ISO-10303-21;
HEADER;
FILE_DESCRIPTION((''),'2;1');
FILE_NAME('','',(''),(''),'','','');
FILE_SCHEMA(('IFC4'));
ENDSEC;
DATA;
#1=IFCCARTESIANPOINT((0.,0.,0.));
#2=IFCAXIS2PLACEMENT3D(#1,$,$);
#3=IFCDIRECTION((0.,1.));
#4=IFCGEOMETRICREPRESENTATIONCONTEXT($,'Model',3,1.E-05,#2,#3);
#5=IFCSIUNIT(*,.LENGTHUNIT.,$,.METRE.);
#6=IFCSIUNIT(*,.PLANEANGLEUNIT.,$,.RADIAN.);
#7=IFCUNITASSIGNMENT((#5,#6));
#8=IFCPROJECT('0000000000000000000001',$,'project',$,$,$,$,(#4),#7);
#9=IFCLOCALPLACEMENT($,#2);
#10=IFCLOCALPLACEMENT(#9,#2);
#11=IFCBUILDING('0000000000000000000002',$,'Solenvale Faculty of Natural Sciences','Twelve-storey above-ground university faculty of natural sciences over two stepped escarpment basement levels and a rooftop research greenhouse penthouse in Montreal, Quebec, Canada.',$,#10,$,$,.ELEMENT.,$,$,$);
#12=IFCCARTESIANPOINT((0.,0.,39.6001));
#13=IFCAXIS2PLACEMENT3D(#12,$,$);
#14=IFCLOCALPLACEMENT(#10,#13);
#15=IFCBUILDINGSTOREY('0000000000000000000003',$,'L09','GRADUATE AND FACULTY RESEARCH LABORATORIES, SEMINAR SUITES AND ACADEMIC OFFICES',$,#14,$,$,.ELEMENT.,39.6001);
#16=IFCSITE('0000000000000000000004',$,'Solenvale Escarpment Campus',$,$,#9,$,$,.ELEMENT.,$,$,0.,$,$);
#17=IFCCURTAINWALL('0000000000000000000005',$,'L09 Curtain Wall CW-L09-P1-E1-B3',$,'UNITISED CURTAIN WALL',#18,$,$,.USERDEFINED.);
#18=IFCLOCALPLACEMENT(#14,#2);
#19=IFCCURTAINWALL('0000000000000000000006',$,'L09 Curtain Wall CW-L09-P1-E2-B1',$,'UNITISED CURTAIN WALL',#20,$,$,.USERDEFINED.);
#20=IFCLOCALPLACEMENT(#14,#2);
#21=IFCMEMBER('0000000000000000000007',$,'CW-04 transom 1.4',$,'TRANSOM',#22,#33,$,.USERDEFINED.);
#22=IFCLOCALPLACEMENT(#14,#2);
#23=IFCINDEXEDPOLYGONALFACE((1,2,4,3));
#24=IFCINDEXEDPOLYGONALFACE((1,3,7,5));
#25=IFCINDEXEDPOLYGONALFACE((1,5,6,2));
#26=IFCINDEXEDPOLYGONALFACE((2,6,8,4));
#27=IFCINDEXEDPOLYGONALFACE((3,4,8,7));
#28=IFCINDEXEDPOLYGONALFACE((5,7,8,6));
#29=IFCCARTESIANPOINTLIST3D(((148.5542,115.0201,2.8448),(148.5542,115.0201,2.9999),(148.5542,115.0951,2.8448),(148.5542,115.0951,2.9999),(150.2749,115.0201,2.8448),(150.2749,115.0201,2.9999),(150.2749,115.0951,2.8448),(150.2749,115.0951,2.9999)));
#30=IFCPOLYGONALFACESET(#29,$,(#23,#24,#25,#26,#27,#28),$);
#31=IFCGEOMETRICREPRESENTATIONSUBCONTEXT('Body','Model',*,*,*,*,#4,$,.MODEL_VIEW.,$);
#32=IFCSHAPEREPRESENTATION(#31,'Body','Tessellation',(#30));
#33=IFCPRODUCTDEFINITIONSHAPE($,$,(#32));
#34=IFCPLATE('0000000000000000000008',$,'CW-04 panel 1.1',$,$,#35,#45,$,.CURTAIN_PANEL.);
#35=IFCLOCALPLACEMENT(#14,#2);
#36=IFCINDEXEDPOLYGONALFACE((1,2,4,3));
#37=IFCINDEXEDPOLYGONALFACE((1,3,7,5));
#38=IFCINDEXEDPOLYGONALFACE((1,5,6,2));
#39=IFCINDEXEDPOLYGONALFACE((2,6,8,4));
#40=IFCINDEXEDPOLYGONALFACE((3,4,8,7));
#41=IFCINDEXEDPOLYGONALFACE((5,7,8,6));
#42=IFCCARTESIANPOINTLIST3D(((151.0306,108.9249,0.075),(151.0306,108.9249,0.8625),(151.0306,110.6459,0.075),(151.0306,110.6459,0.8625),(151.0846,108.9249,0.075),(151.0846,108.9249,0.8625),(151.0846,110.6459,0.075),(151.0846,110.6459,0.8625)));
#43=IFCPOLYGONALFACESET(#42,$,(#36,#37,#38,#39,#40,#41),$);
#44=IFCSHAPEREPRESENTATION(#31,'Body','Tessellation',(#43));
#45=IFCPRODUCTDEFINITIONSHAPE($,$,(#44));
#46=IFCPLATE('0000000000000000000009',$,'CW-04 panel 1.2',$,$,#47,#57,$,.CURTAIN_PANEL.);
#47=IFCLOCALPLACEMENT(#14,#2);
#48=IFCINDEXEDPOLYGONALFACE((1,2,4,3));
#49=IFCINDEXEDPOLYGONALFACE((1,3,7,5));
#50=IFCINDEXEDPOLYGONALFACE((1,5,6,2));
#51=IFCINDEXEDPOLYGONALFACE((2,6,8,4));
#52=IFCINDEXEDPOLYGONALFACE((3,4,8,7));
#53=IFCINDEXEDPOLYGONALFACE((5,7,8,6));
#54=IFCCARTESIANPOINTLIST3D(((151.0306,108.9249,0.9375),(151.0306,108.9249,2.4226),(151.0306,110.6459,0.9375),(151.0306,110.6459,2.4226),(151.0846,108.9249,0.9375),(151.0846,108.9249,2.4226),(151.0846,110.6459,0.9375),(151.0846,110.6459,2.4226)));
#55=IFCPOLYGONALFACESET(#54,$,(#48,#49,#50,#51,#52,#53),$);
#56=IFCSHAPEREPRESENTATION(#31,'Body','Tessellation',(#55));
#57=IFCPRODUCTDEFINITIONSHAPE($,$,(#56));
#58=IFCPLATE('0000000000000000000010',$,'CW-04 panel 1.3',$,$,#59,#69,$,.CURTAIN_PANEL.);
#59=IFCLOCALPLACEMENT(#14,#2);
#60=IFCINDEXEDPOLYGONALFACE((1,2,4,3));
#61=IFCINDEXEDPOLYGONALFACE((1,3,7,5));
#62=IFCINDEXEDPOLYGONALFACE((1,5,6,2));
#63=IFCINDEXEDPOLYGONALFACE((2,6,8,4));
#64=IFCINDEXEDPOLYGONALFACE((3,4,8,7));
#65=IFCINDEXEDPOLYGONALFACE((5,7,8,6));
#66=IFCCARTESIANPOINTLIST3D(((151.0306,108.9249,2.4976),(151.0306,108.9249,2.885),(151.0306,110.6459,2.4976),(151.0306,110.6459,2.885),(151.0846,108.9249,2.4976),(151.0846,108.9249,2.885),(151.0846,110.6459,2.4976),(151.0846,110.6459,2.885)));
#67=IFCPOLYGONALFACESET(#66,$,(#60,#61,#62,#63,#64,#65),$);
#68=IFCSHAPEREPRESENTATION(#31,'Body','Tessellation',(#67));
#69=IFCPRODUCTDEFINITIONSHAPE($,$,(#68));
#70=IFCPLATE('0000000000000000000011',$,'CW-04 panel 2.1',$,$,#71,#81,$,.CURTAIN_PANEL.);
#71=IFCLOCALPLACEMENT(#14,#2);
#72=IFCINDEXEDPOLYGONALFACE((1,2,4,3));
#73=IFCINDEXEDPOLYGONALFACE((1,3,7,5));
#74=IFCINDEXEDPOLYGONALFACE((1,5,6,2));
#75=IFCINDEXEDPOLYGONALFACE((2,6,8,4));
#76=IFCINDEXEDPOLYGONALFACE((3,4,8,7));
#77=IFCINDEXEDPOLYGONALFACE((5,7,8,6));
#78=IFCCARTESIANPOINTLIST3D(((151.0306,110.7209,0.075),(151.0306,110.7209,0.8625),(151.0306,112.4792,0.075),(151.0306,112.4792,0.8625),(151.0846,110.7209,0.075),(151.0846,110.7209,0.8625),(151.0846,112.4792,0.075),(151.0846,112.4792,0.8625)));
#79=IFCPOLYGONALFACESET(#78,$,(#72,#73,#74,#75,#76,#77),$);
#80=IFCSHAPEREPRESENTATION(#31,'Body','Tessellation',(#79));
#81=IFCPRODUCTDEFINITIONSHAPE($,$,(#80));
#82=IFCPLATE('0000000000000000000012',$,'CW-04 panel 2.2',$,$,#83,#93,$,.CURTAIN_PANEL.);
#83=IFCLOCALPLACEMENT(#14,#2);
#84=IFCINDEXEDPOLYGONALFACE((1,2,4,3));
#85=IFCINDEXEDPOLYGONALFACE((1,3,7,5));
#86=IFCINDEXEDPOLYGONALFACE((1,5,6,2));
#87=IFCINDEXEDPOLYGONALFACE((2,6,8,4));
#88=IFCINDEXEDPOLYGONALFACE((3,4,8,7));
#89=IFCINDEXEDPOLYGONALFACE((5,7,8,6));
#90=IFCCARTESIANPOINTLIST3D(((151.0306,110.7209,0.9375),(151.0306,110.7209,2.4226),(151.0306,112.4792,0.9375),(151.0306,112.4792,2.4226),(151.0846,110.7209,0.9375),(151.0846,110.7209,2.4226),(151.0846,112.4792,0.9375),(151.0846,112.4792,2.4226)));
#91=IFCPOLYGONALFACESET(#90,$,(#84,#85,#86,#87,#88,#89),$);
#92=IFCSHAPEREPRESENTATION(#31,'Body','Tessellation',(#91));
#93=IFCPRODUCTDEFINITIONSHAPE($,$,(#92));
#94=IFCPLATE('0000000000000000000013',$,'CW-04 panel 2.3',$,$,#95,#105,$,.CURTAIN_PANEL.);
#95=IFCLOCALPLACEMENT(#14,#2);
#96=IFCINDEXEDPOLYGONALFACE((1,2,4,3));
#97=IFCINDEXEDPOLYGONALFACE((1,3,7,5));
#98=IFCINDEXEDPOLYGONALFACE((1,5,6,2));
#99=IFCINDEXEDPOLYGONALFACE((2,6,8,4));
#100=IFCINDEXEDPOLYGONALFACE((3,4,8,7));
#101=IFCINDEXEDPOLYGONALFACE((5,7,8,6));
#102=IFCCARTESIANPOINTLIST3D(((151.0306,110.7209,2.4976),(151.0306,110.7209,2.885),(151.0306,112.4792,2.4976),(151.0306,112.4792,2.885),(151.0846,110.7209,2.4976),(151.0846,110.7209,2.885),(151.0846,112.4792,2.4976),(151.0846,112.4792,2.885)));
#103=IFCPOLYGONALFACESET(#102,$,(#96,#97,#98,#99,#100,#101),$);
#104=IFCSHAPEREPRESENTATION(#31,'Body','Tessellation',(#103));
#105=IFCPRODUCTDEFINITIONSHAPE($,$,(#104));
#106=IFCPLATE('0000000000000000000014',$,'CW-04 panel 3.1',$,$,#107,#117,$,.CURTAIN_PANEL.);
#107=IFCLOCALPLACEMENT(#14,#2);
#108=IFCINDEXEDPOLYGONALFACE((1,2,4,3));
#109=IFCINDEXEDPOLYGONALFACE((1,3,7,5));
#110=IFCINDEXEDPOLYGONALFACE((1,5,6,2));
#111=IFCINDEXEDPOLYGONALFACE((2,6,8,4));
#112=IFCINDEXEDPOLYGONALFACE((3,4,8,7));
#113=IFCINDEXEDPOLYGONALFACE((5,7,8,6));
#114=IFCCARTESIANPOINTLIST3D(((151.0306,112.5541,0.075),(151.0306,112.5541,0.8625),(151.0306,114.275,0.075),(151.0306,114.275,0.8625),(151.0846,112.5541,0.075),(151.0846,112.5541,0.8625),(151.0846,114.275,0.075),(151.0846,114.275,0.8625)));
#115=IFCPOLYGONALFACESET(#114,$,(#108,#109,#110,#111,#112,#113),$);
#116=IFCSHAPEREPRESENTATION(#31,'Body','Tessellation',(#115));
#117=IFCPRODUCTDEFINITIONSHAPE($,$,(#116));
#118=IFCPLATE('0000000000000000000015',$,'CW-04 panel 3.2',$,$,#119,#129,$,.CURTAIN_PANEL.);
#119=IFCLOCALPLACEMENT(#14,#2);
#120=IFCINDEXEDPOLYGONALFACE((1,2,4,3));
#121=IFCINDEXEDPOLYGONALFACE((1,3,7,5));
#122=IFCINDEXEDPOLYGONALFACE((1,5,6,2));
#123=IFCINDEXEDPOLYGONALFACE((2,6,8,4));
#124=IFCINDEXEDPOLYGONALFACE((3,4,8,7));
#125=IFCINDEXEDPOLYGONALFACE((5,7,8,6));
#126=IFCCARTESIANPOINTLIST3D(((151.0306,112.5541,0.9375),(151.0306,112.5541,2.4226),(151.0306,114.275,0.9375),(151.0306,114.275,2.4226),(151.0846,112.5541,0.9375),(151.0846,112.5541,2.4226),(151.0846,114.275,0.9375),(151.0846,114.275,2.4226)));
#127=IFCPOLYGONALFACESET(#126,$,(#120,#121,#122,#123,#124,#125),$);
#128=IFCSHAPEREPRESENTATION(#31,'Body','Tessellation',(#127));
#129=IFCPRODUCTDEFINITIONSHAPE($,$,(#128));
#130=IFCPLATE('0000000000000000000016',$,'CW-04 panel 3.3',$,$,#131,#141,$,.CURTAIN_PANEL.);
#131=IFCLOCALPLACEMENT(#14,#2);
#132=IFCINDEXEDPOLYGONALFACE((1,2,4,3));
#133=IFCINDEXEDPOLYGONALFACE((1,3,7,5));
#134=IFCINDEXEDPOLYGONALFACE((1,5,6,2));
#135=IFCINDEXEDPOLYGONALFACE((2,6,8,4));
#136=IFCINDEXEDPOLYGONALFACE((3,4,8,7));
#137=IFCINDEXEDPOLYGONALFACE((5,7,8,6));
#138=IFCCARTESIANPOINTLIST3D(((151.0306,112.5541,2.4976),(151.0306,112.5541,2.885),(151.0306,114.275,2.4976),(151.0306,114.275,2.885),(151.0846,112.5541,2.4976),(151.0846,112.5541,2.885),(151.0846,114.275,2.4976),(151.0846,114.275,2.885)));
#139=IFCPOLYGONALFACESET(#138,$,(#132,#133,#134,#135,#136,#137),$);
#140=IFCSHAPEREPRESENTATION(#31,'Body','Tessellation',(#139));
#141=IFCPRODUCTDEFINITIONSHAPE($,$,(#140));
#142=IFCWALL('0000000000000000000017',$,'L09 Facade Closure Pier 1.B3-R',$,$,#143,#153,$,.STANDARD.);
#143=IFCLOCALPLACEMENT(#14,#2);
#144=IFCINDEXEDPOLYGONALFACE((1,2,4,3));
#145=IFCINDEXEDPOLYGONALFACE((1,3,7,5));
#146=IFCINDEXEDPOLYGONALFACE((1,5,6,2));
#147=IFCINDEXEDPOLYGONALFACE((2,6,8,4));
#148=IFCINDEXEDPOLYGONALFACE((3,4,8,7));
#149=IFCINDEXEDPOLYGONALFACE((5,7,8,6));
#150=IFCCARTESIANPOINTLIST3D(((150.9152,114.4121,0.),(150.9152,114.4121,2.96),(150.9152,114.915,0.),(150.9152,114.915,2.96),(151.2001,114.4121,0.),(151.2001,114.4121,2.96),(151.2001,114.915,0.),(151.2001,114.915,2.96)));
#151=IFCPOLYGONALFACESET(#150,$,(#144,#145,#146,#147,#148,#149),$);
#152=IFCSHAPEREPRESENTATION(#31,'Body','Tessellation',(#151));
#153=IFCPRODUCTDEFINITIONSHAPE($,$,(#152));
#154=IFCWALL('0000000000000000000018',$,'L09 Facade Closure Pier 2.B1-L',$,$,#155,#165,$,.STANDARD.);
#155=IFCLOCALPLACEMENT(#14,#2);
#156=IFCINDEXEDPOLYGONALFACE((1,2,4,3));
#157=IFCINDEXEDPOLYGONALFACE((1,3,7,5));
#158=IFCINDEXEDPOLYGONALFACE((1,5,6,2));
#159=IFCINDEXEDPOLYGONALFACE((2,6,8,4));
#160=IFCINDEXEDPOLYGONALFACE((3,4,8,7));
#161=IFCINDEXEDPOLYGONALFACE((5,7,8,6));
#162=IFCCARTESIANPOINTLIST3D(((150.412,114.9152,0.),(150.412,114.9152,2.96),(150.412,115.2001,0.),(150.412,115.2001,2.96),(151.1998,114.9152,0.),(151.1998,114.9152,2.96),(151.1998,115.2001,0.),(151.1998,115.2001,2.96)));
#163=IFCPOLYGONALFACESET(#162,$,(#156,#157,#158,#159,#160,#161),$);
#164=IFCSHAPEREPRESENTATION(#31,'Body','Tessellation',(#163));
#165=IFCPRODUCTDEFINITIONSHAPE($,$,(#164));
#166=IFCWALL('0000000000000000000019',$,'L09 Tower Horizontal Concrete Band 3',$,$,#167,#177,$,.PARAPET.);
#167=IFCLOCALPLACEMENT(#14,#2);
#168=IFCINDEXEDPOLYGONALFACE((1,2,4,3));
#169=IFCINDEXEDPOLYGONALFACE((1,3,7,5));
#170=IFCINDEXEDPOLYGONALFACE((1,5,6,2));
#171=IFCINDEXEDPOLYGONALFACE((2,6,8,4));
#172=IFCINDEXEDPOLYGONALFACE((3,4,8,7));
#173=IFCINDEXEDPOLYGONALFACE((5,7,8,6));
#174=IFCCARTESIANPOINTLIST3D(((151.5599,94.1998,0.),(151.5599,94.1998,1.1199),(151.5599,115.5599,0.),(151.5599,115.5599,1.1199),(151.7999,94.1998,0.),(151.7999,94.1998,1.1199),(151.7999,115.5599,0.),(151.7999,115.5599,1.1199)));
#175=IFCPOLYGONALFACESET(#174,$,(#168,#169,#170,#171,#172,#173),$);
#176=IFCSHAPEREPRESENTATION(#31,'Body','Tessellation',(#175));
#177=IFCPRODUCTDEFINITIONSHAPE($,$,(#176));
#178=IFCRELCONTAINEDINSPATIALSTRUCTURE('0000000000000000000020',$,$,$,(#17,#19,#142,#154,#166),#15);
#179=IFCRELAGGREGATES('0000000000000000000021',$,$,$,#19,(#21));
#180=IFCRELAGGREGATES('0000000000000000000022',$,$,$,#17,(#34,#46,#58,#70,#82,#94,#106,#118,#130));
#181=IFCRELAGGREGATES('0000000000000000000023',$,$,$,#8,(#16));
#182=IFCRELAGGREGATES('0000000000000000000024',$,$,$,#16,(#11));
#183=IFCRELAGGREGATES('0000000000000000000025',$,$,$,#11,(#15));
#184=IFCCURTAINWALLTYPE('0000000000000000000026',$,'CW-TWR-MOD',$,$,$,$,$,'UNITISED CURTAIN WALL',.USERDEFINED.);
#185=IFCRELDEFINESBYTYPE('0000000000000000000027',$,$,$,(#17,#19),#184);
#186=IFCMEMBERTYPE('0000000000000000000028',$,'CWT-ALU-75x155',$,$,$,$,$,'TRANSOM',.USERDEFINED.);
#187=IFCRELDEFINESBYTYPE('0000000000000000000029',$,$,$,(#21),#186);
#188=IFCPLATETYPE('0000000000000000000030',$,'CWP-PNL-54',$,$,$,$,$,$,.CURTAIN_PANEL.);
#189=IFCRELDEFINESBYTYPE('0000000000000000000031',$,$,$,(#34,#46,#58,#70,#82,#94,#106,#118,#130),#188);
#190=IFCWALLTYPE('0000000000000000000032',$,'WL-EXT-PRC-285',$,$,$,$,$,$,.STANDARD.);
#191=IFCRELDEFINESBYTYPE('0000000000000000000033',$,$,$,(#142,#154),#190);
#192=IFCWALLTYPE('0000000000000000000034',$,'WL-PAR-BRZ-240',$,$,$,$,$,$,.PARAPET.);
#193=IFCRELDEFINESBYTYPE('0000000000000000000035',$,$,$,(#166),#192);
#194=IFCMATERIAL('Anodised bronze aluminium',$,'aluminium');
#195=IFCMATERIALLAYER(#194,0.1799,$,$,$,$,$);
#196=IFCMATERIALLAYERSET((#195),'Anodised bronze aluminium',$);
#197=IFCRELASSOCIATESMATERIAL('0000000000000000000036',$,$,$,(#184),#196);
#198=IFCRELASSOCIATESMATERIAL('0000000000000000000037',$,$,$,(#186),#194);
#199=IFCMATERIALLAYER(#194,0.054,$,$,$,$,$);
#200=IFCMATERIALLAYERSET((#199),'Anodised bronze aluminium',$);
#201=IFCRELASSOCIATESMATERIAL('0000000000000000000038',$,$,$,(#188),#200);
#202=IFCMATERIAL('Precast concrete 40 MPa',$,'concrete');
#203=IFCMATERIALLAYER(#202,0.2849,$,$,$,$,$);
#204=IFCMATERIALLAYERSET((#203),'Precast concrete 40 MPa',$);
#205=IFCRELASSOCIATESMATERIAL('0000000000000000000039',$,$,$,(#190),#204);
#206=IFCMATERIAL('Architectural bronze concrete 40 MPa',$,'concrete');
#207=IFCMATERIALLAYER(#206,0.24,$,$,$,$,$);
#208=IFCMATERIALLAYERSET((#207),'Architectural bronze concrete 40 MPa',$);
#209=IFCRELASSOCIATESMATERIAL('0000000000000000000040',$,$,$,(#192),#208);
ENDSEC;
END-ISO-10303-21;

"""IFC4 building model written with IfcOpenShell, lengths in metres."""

from ifc_helpers import new_model, si_unit, direction, frame, frame_2d, origin, origin_2d, place, context, subcontext, project, spatial, rectangle, extrude, material, layer, layer_set, material_profile, profile_set, type_object, element, aggregate, save


model = new_model("IFC4")

# Units and contexts
model_context = context("Model", 3, precision=1e-05, world=origin(), true_north=direction((0.0, 1.0)))
body_context = subcontext(model_context, "Body", "Model", "MODEL_VIEW")
ifc_project = project(units=[si_unit("LENGTHUNIT", "METRE"), si_unit("PLANEANGLEUNIT", "RADIAN")], contexts=[model_context])

# Site, building, storey
site_placement = place(None, origin())
site = spatial("IfcSite", under=ifc_project, at=site_placement, Name="Solenvale Escarpment Campus", CompositionType="ELEMENT", RefElevation=0.0)
building_placement = place(site_placement, origin())
building = spatial("IfcBuilding", under=site, at=building_placement, Name="Solenvale Faculty of Natural Sciences", Description="Twelve-storey above-ground university faculty of natural sciences over two stepped escarpment basement levels and a rooftop research greenhouse penthouse in Montreal, Quebec, Canada.", CompositionType="ELEMENT")
storey_placement = place(building_placement, frame((0.0, 0.0, 39.6001)))
storey = spatial("IfcBuildingStorey", under=building, at=storey_placement, Name="L09", Description="GRADUATE AND FACULTY RESEARCH LABORATORIES, SEMINAR SUITES AND ACADEMIC OFFICES", CompositionType="ELEMENT", Elevation=39.6001)

# Curtain wall
ifc_material_1 = material(Name="Anodised bronze aluminium", Category="aluminium")
ifc_layer_1 = layer(ifc_material_1, 0.1799)
ifc_layer_set_1 = layer_set([ifc_layer_1], Name="Anodised bronze aluminium")
curtain_wall_type = type_object("IfcCurtainWallType", Name="CW-TWR-MOD", ElementType="UNITISED CURTAIN WALL", PredefinedType="USERDEFINED", material=ifc_layer_set_1)
curtain_wall_1_placement = place(storey_placement, origin())
curtain_wall_1 = element("IfcCurtainWall", 1, at=curtain_wall_1_placement, inside=storey, type_object=curtain_wall_type, Name="L09 Curtain Wall CW-L09-P1-E1-B3", ObjectType="UNITISED CURTAIN WALL", PredefinedType="USERDEFINED")

# Curtain wall
curtain_wall_2_placement = place(storey_placement, origin())
curtain_wall_2 = element("IfcCurtainWall", 2, at=curtain_wall_2_placement, inside=storey, type_object=curtain_wall_type, Name="L09 Curtain Wall CW-L09-P1-E2-B1", ObjectType="UNITISED CURTAIN WALL", PredefinedType="USERDEFINED")

# Member
ifc_material_profile_1 = material_profile(ifc_material_1, rectangle(XDim=0.075, YDim=0.155, at=origin_2d()), Name="ALU-TRN-75x155")
ifc_profile_set_1 = profile_set([ifc_material_profile_1], Name="Anodised bronze aluminium")
member_type_1 = type_object("IfcMemberType", Name="CWT-ALU-75x155", ElementType="TRANSOM", PredefinedType="USERDEFINED", material=ifc_profile_set_1)
member_1_placement = place(storey_placement, frame((150.2749, 115.0576, 2.9224), z_axis=(-1.0, 0.0, 0.0), x_axis=(0.0, -1.0, 0.0)))
member_1 = element("IfcMember", 3, at=member_1_placement, type_object=member_type_1, Name="CW-04 transom 1.4", ObjectType="TRANSOM", PredefinedType="USERDEFINED", context=body_context, shape_type="SweptSolid", body=[
    extrude(rectangle(XDim=0.075, YDim=0.155, at=origin_2d()), origin(), (0.0, 0.0, 1.0), 1.7207),
])
aggregate(curtain_wall_2, [member_1])

# Plates
ifc_layer_2 = layer(ifc_material_1, 0.054)
ifc_layer_set_2 = layer_set([ifc_layer_2], Name="Anodised bronze aluminium")
plate_type = type_object("IfcPlateType", Name="CWP-PNL-54", PredefinedType="CURTAIN_PANEL", material=ifc_layer_set_2)
plate_1_placement = place(storey_placement, frame((151.0576, 109.7854, 0.075), z_axis=(0.0, 0.0, 1.0), x_axis=(0.0, 1.0, 0.0)))
plate_1 = element("IfcPlate", 4, at=plate_1_placement, type_object=plate_type, Name="CW-04 panel 1.1", PredefinedType="CURTAIN_PANEL", context=body_context, shape_type="SweptSolid", body=[
    extrude(rectangle(XDim=1.7209, YDim=0.054, at=origin_2d()), origin(), (0.0, 0.0, 1.0), 0.7876),
])
plate_2_placement = place(storey_placement, frame((151.0576, 109.7854, 0.9375), z_axis=(0.0, 0.0, 1.0), x_axis=(0.0, 1.0, 0.0)))
plate_2 = element("IfcPlate", 5, at=plate_2_placement, type_object=plate_type, Name="CW-04 panel 1.2", PredefinedType="CURTAIN_PANEL", context=body_context, shape_type="SweptSolid", body=[
    extrude(rectangle(XDim=1.7209, YDim=0.054, at=origin_2d()), origin(), (0.0, 0.0, 1.0), 1.4851),
])
plate_3_placement = place(storey_placement, frame((151.0576, 109.7854, 2.4976), z_axis=(0.0, 0.0, 1.0), x_axis=(0.0, 1.0, 0.0)))
plate_3 = element("IfcPlate", 6, at=plate_3_placement, type_object=plate_type, Name="CW-04 panel 1.3", PredefinedType="CURTAIN_PANEL", context=body_context, shape_type="SweptSolid", body=[
    extrude(rectangle(XDim=1.7209, YDim=0.054, at=origin_2d()), origin(), (0.0, 0.0, 1.0), 0.3875),
])
plate_4_placement = place(storey_placement, frame((151.0576, 111.6001, 0.075), z_axis=(0.0, 0.0, 1.0), x_axis=(0.0, 1.0, 0.0)))
plate_4 = element("IfcPlate", 7, at=plate_4_placement, type_object=plate_type, Name="CW-04 panel 2.1", PredefinedType="CURTAIN_PANEL", context=body_context, shape_type="SweptSolid", body=[
    extrude(rectangle(XDim=1.7583, YDim=0.054, at=origin_2d()), origin(), (0.0, 0.0, 1.0), 0.7876),
])
plate_5_placement = place(storey_placement, frame((151.0576, 111.6001, 0.9375), z_axis=(0.0, 0.0, 1.0), x_axis=(0.0, 1.0, 0.0)))
plate_5 = element("IfcPlate", 8, at=plate_5_placement, type_object=plate_type, Name="CW-04 panel 2.2", PredefinedType="CURTAIN_PANEL", context=body_context, shape_type="SweptSolid", body=[
    extrude(rectangle(XDim=1.7583, YDim=0.054, at=origin_2d()), origin(), (0.0, 0.0, 1.0), 1.4851),
])
plate_6_placement = place(storey_placement, frame((151.0576, 111.6001, 2.4976), z_axis=(0.0, 0.0, 1.0), x_axis=(0.0, 1.0, 0.0)))
plate_6 = element("IfcPlate", 9, at=plate_6_placement, type_object=plate_type, Name="CW-04 panel 2.3", PredefinedType="CURTAIN_PANEL", context=body_context, shape_type="SweptSolid", body=[
    extrude(rectangle(XDim=1.7583, YDim=0.054, at=origin_2d()), origin(), (0.0, 0.0, 1.0), 0.3875),
])
plate_7_placement = place(storey_placement, frame((151.0576, 113.4146, 0.075), z_axis=(0.0, 0.0, 1.0), x_axis=(0.0, 1.0, 0.0)))
plate_7 = element("IfcPlate", 10, at=plate_7_placement, type_object=plate_type, Name="CW-04 panel 3.1", PredefinedType="CURTAIN_PANEL", context=body_context, shape_type="SweptSolid", body=[
    extrude(rectangle(XDim=1.7209, YDim=0.054, at=origin_2d()), origin(), (0.0, 0.0, 1.0), 0.7876),
])
plate_8_placement = place(storey_placement, frame((151.0576, 113.4146, 0.9375), z_axis=(0.0, 0.0, 1.0), x_axis=(0.0, 1.0, 0.0)))
plate_8 = element("IfcPlate", 11, at=plate_8_placement, type_object=plate_type, Name="CW-04 panel 3.2", PredefinedType="CURTAIN_PANEL", context=body_context, shape_type="SweptSolid", body=[
    extrude(rectangle(XDim=1.7209, YDim=0.054, at=origin_2d()), origin(), (0.0, 0.0, 1.0), 1.4851),
])
plate_9_placement = place(storey_placement, frame((151.0576, 113.4146, 2.4976), z_axis=(0.0, 0.0, 1.0), x_axis=(0.0, 1.0, 0.0)))
plate_9 = element("IfcPlate", 12, at=plate_9_placement, type_object=plate_type, Name="CW-04 panel 3.3", PredefinedType="CURTAIN_PANEL", context=body_context, shape_type="SweptSolid", body=[
    extrude(rectangle(XDim=1.7209, YDim=0.054, at=origin_2d()), origin(), (0.0, 0.0, 1.0), 0.3875),
])
aggregate(curtain_wall_1, [plate_1, plate_2, plate_3, plate_4, plate_5, plate_6, plate_7, plate_8, plate_9])

# Walls
ifc_material_2 = material(Name="Precast concrete 40 MPa", Category="concrete")
ifc_layer_3 = layer(ifc_material_2, 0.2849)
ifc_layer_set_3 = layer_set([ifc_layer_3], Name="Precast concrete 40 MPa")
wall_type_1 = type_object("IfcWallType", Name="WL-EXT-PRC-285", PredefinedType="STANDARD", material=ifc_layer_set_3)
wall_1_placement = place(storey_placement, frame((151.0576, 114.4121, 0.0), z_axis=(0.0, 0.0, 1.0), x_axis=(0.0, 1.0, 0.0)))
element("IfcWall", 13, at=wall_1_placement, inside=storey, type_object=wall_type_1, Name="L09 Facade Closure Pier 1.B3-R", PredefinedType="STANDARD", context=body_context, shape_type="SweptSolid", body=[
    extrude(rectangle(XDim=0.5029, YDim=0.2849, at=frame_2d((0.2515, 0.0))), origin(), (0.0, 0.0, 1.0), 2.96),
])
wall_2_placement = place(storey_placement, frame((151.2, 115.0576, 0.0), z_axis=(0.0, 0.0, 1.0), x_axis=(-1.0, 0.0, 0.0)))
element("IfcWall", 14, at=wall_2_placement, inside=storey, type_object=wall_type_1, Name="L09 Facade Closure Pier 2.B1-L", PredefinedType="STANDARD", context=body_context, shape_type="SweptSolid", body=[
    extrude(rectangle(XDim=0.7878, YDim=0.2849, at=frame_2d((0.394, 0.0))), origin(), (0.0, 0.0, 1.0), 2.96),
])
ifc_material_3 = material(Name="Architectural bronze concrete 40 MPa", Category="concrete")
ifc_layer_4 = layer(ifc_material_3, 0.24)
ifc_layer_set_4 = layer_set([ifc_layer_4], Name="Architectural bronze concrete 40 MPa")
wall_type_2 = type_object("IfcWallType", Name="WL-PAR-BRZ-240", PredefinedType="PARAPET", material=ifc_layer_set_4)
wall_3_placement = place(storey_placement, frame((151.6799, 115.5601, 0.0), z_axis=(0.0, 0.0, 1.0), x_axis=(0.0, -1.0, 0.0)))
element("IfcWall", 15, at=wall_3_placement, inside=storey, type_object=wall_type_2, Name="L09 Tower Horizontal Concrete Band 3", PredefinedType="PARAPET", context=body_context, shape_type="SweptSolid", body=[
    extrude(rectangle(XDim=21.3601, YDim=0.24, at=frame_2d((10.6802, 0.0))), origin(), (0.0, 0.0, 1.0), 1.1199),
])

save(model, "model.ifc")
